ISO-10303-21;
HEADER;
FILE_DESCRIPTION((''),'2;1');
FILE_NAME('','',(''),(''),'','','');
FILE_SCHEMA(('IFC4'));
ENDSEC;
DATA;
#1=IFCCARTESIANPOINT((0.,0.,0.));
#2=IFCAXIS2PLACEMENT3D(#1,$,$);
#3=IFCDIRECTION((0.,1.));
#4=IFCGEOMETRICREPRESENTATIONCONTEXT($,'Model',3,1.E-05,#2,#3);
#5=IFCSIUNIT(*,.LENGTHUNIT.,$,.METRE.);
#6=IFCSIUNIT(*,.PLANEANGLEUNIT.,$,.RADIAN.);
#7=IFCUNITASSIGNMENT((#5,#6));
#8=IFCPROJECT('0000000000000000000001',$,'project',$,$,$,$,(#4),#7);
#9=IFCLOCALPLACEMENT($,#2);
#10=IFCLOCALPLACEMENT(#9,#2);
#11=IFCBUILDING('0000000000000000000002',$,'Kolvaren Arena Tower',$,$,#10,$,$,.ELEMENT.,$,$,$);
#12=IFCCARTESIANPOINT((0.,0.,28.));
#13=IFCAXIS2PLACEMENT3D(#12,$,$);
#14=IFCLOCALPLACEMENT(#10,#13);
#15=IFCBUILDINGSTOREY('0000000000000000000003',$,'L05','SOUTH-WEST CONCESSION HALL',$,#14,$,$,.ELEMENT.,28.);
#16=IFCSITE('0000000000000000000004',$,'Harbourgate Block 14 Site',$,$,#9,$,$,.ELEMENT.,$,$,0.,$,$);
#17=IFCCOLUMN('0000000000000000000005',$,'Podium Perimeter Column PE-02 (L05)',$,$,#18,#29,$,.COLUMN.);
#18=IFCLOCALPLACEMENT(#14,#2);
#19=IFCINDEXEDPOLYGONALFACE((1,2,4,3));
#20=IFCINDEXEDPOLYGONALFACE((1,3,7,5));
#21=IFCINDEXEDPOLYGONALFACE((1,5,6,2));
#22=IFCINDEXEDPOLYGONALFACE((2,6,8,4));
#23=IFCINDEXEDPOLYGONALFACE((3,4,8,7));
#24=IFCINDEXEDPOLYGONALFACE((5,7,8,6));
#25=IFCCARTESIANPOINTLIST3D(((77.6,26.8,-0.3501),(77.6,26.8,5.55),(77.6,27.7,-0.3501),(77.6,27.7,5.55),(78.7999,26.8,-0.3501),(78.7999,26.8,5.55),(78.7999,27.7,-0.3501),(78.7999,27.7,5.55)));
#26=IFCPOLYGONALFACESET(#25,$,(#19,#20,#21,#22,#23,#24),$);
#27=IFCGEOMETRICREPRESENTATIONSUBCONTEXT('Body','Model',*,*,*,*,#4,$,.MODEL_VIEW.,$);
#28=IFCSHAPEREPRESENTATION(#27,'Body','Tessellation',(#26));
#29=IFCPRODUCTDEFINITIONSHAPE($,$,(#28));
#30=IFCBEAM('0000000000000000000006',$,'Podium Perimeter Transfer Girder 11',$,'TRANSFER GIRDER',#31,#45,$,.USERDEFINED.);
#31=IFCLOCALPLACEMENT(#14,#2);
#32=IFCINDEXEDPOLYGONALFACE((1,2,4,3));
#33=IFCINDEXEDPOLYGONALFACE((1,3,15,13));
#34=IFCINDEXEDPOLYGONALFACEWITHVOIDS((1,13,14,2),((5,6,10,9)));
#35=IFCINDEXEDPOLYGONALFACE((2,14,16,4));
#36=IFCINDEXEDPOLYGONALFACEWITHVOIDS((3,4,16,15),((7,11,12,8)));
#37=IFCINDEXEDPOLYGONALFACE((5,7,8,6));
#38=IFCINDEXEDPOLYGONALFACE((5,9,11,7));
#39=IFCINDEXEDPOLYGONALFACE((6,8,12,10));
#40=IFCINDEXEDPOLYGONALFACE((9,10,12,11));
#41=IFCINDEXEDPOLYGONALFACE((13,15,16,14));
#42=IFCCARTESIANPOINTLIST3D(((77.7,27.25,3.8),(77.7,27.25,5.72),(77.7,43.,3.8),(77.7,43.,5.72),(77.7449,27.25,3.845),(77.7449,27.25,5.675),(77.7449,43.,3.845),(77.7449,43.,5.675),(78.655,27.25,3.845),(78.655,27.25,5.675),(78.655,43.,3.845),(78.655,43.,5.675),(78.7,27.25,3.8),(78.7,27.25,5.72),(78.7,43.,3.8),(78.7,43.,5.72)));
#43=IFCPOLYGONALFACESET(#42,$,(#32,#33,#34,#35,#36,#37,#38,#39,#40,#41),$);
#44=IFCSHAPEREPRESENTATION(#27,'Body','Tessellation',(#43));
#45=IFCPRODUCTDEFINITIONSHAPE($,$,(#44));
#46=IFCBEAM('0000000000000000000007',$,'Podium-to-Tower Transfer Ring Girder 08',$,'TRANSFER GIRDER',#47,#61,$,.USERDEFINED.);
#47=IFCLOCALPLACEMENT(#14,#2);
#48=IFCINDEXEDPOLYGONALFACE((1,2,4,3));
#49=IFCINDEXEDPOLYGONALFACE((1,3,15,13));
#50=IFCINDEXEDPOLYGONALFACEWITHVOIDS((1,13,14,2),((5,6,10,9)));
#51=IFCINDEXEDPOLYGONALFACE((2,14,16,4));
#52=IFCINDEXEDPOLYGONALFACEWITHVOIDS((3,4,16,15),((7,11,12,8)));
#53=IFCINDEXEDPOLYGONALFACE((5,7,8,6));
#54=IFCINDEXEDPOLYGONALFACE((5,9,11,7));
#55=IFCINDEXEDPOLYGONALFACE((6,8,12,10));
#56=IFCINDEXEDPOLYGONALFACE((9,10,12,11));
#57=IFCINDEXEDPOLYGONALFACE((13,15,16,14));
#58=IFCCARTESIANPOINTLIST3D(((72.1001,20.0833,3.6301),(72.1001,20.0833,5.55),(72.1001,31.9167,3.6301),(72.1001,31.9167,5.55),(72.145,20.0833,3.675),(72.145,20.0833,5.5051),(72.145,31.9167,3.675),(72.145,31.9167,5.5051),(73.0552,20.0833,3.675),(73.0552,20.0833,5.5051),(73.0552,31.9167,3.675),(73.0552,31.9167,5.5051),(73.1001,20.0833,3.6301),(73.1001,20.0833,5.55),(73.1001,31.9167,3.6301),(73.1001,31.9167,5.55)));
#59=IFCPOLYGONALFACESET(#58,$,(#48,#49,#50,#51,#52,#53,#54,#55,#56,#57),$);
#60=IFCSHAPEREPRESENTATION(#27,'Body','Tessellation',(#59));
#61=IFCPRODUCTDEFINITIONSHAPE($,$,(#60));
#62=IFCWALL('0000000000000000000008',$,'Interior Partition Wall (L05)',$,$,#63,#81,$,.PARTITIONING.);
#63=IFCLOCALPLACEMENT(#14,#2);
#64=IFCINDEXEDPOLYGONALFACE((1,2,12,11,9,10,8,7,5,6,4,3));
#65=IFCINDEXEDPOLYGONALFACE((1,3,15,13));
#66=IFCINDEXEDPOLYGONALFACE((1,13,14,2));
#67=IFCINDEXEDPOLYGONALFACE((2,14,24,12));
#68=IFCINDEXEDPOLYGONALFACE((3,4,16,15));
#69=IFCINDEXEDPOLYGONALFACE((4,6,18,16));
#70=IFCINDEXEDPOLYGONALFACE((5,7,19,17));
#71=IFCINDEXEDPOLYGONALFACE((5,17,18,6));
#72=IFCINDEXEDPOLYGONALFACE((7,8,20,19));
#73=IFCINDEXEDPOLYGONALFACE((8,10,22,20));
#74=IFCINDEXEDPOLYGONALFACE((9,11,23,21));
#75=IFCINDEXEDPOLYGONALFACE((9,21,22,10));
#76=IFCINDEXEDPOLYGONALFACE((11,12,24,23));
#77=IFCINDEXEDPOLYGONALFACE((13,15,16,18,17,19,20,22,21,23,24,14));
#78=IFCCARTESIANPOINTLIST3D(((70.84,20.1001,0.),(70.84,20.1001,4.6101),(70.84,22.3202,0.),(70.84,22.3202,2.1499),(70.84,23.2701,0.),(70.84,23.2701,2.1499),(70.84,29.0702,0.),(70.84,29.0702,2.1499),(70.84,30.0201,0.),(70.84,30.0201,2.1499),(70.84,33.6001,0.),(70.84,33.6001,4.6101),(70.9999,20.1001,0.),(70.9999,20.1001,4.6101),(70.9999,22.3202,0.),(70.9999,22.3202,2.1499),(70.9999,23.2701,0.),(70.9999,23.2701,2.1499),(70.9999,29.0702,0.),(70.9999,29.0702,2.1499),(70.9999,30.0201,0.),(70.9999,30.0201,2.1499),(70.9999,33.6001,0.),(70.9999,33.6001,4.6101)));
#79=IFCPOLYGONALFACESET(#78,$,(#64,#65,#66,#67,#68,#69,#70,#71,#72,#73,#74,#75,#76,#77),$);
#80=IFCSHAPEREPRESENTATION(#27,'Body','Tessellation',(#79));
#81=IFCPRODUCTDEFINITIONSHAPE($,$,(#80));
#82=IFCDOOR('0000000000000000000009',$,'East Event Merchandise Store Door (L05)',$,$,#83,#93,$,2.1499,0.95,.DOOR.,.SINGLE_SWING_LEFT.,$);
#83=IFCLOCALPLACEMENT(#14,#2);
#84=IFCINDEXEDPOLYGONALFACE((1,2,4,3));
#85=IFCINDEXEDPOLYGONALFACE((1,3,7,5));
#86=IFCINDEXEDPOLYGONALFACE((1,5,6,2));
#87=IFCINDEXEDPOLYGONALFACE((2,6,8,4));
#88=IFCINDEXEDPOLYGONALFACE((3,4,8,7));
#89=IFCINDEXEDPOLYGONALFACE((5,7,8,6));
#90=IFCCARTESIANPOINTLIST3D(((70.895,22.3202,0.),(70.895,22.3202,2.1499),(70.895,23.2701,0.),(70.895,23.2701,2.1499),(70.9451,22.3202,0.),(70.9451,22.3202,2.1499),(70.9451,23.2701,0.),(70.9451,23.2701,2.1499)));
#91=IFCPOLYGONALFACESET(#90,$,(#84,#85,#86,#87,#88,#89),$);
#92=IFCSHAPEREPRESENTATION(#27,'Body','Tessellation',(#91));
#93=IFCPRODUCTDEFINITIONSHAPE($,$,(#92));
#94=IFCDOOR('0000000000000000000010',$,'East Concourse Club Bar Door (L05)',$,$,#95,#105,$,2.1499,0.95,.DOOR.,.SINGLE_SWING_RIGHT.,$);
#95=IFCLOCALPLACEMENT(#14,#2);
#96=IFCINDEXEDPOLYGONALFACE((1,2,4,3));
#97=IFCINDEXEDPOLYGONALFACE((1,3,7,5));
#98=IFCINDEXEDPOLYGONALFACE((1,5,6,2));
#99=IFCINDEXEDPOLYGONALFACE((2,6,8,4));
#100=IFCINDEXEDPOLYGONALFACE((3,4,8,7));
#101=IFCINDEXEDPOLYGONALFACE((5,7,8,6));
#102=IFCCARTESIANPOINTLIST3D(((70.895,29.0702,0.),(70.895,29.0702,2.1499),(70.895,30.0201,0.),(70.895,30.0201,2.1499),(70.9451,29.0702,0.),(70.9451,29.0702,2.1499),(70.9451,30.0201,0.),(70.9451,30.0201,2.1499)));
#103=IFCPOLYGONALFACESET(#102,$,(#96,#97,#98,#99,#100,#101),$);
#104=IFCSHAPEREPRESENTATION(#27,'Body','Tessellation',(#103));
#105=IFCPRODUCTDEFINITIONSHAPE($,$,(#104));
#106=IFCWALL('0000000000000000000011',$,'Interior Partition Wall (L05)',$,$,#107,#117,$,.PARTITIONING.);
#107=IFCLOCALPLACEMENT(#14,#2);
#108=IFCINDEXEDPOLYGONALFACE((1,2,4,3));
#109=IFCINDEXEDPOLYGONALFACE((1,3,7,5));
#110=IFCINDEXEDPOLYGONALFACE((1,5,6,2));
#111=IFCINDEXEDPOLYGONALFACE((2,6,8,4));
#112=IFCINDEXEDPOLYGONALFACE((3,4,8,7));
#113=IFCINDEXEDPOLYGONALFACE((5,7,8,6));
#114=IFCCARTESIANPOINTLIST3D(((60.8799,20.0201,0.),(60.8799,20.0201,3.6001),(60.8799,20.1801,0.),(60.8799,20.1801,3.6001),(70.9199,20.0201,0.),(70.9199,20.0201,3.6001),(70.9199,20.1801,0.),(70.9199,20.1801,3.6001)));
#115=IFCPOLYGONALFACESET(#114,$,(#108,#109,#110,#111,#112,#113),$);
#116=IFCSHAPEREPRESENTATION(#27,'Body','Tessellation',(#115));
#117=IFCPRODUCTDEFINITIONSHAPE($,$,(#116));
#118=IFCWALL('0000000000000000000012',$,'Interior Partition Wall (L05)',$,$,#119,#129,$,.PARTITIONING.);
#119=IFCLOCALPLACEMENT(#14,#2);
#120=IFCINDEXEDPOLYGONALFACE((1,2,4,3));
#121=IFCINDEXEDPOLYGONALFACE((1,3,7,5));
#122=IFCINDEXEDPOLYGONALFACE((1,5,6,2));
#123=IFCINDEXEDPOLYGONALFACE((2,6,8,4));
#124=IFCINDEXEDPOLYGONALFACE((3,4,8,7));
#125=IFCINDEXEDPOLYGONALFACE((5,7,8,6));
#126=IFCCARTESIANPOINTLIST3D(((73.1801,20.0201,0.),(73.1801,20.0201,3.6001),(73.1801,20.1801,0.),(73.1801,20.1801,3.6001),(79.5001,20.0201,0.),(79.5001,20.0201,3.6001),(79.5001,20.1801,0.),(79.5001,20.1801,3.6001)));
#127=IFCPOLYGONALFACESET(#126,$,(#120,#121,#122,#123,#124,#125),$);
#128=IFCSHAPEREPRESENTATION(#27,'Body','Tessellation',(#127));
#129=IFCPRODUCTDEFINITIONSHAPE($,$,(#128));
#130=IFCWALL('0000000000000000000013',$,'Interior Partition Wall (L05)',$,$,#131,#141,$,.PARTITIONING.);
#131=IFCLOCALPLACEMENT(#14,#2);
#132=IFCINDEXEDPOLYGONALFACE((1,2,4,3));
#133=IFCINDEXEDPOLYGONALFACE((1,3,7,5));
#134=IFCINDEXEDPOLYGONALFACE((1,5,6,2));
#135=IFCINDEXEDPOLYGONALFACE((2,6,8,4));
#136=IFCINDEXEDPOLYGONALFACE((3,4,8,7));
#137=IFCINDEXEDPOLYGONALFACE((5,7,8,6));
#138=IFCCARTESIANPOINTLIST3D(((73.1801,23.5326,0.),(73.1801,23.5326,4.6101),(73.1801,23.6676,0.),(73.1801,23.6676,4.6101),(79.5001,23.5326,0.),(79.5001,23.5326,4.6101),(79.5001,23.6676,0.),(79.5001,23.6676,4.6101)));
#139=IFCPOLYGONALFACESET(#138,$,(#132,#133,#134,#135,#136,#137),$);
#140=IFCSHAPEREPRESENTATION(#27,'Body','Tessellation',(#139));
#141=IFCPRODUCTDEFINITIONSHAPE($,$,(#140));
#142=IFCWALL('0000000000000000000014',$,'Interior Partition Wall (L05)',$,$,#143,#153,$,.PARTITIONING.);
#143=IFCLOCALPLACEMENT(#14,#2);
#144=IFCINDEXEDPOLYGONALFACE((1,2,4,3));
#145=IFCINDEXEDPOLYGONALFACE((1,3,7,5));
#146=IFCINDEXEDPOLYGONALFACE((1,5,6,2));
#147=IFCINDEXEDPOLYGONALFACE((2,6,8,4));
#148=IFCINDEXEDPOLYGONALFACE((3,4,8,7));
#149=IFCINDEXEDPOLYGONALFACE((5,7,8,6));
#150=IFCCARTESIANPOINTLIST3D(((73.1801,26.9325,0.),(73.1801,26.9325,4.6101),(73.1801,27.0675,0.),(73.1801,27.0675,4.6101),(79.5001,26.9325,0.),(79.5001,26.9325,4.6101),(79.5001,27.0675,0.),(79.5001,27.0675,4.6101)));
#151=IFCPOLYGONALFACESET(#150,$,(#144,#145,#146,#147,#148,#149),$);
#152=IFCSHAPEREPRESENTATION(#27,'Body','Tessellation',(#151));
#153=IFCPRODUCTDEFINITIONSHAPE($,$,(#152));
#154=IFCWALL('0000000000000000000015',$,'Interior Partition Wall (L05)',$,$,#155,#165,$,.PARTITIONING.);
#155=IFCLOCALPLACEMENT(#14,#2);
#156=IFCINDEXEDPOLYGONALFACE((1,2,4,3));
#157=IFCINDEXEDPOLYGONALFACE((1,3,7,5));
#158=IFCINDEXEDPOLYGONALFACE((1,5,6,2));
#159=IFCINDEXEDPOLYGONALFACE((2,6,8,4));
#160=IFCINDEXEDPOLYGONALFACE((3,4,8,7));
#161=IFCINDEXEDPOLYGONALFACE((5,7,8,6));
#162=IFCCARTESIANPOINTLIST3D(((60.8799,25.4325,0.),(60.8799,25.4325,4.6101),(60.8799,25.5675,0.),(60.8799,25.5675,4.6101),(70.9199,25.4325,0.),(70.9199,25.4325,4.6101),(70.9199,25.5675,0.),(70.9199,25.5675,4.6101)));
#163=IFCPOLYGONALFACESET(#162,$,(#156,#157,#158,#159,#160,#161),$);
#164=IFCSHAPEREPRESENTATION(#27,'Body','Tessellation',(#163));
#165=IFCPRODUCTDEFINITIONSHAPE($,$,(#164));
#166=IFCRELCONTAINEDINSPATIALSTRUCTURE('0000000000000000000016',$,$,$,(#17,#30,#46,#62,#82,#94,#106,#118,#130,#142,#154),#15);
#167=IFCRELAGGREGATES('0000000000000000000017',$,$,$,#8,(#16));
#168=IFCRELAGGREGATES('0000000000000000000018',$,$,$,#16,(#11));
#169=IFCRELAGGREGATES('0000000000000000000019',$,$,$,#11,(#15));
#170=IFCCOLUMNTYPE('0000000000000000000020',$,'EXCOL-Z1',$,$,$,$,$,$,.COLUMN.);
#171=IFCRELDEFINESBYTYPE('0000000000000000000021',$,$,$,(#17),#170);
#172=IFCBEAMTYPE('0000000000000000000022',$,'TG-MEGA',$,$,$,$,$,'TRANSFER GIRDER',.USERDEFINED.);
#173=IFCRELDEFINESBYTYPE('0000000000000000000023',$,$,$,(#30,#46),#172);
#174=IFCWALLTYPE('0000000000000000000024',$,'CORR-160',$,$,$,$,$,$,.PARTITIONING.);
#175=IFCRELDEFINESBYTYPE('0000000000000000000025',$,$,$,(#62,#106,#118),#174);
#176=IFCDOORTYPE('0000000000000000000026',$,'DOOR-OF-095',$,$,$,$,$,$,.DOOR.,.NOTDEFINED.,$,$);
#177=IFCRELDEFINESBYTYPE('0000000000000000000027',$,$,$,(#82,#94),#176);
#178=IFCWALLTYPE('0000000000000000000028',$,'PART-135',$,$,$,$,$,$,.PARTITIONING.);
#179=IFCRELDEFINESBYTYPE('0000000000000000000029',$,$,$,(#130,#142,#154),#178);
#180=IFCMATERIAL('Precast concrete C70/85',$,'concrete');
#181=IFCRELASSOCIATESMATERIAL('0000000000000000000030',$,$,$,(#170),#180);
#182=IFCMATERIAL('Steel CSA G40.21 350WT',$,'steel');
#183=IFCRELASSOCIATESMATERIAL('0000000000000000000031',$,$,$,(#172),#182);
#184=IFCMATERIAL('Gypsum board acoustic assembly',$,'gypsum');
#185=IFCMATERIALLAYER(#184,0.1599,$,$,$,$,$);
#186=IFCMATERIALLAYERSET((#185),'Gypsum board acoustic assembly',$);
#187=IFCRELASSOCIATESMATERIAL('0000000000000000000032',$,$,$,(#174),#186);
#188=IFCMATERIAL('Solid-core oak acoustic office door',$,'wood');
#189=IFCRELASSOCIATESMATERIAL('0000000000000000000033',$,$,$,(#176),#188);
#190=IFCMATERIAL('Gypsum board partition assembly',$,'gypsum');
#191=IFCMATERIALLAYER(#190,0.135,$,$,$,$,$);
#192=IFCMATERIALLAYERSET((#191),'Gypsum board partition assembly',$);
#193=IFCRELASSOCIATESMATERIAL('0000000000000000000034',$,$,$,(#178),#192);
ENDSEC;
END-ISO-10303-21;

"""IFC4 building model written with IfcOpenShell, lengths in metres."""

from ifc_helpers import new_model, si_unit, direction, frame, frame_2d, origin, origin_2d, place, context, subcontext, project, spatial, rectangle, hollow_rectangle, extrude, material, layer, layer_set, material_profile, profile_set, type_object, element, fill, save


model = new_model("IFC4")

# Units and contexts
model_context = context("Model", 3, precision=1e-05, world=origin(), true_north=direction((0.0, 1.0)))
body_context = subcontext(model_context, "Body", "Model", "MODEL_VIEW")
ifc_project = project(units=[si_unit("LENGTHUNIT", "METRE"), si_unit("PLANEANGLEUNIT", "RADIAN")], contexts=[model_context])

# Site, building, storey
site_placement = place(None, origin())
site = spatial("IfcSite", under=ifc_project, at=site_placement, Name="Harbourgate Block 14 Site", CompositionType="ELEMENT", RefElevation=0.0)
building_placement = place(site_placement, origin())
building = spatial("IfcBuilding", under=site, at=building_placement, Name="Kolvaren Arena Tower", CompositionType="ELEMENT")
storey_placement = place(building_placement, frame((0.0, 0.0, 28.0)))
storey = spatial("IfcBuildingStorey", under=building, at=storey_placement, Name="L05", Description="SOUTH-WEST CONCESSION HALL", CompositionType="ELEMENT", Elevation=28.0)

# Column
ifc_material_1 = material(Name="Precast concrete C70/85", Category="concrete")
ifc_material_profile_1 = material_profile(ifc_material_1, rectangle(XDim=1.2, YDim=0.8999, at=origin_2d()), Name="RC-1200x900")
ifc_profile_set_1 = profile_set([ifc_material_profile_1], Name="Precast concrete C70/85")
column_type = type_object("IfcColumnType", Name="EXCOL-Z1", PredefinedType="COLUMN", material=ifc_profile_set_1)
column_placement = place(storey_placement, frame((78.2, 27.25, -0.3501), z_axis=(0.0, 0.0, 1.0), x_axis=(1.0, 0.0, 0.0)))
element("IfcColumn", 1, at=column_placement, inside=storey, type_object=column_type, Name="Podium Perimeter Column PE-02 (L05)", PredefinedType="COLUMN", context=body_context, shape_type="SweptSolid", body=[
    extrude(rectangle(XDim=1.2, YDim=0.8999, at=origin_2d()), origin(), (0.0, 0.0, 1.0), 5.9001),
])

# Beams
ifc_material_2 = material(Name="Steel CSA G40.21 350WT", Category="steel")
ifc_material_profile_2 = material_profile(ifc_material_2, hollow_rectangle(XDim=1.0, YDim=1.9199, WallThickness=0.0449, at=origin_2d()), Name="BOX 1000x1920x45")
ifc_profile_set_2 = profile_set([ifc_material_profile_2], Name="Steel CSA G40.21 350WT")
beam_type = type_object("IfcBeamType", Name="TG-MEGA", ElementType="TRANSFER GIRDER", PredefinedType="USERDEFINED", material=ifc_profile_set_2)
beam_1_placement = place(storey_placement, frame((78.2, 27.25, 4.76), z_axis=(0.0, 1.0, 0.0), x_axis=(-1.0, 0.0, 0.0)))
element("IfcBeam", 2, at=beam_1_placement, inside=storey, type_object=beam_type, Name="Podium Perimeter Transfer Girder 11", ObjectType="TRANSFER GIRDER", PredefinedType="USERDEFINED", context=body_context, shape_type="SweptSolid", body=[
    extrude(hollow_rectangle(XDim=1.0, YDim=1.9199, WallThickness=0.0449, at=origin_2d()), origin(), (0.0, 0.0, 1.0), 15.75),
])
beam_2_placement = place(storey_placement, frame((72.6001, 20.0833, 4.5901), z_axis=(0.0, 1.0, 0.0), x_axis=(-1.0, 0.0, 0.0)))
element("IfcBeam", 3, at=beam_2_placement, inside=storey, type_object=beam_type, Name="Podium-to-Tower Transfer Ring Girder 08", ObjectType="TRANSFER GIRDER", PredefinedType="USERDEFINED", context=body_context, shape_type="SweptSolid", body=[
    extrude(hollow_rectangle(XDim=1.0, YDim=1.9199, WallThickness=0.0449, at=origin_2d()), origin(), (0.0, 0.0, 1.0), 11.8335),
])

# Wall, openings, doors
ifc_material_3 = material(Name="Gypsum board acoustic assembly", Category="gypsum")
ifc_layer_1 = layer(ifc_material_3, 0.1599)
ifc_layer_set_1 = layer_set([ifc_layer_1], Name="Gypsum board acoustic assembly")
wall_type_1 = type_object("IfcWallType", Name="CORR-160", PredefinedType="PARTITIONING", material=ifc_layer_set_1)
wall_1_placement = place(storey_placement, frame((70.9199, 20.1001, 0.0), z_axis=(0.0, 0.0, 1.0), x_axis=(0.0, 1.0, 0.0)))
wall_1 = element("IfcWall", 4, at=wall_1_placement, inside=storey, type_object=wall_type_1, Name="Interior Partition Wall (L05)", PredefinedType="PARTITIONING", context=body_context, shape_type="SweptSolid", body=[
    extrude(rectangle(XDim=13.5, YDim=0.1599, at=frame_2d((6.75, 0.0))), origin(), (0.0, 0.0, 1.0), 4.6101),
])
opening_1_placement = place(wall_1_placement, frame((2.22, 0.0, 0.0)))
opening_1 = element("IfcOpeningElement", 5, at=opening_1_placement, cuts=wall_1, PredefinedType="OPENING", context=body_context, shape_type="SweptSolid", body=[
    extrude(rectangle(XDim=0.95, YDim=2.1499, at=frame_2d((0.4751, 1.075))), frame((0.0, 0.0898, 0.0), z_axis=(0.0, -1.0, 0.0), x_axis=(1.0, 0.0, 0.0)), (0.0, 0.0, 1.0), 0.1799),
])
opening_2_placement = place(wall_1_placement, frame((8.97, 0.0, 0.0)))
opening_2 = element("IfcOpeningElement", 6, at=opening_2_placement, cuts=wall_1, PredefinedType="OPENING", context=body_context, shape_type="SweptSolid", body=[
    extrude(rectangle(XDim=0.95, YDim=2.1499, at=frame_2d((0.4751, 1.075))), frame((0.0, 0.0898, 0.0), z_axis=(0.0, -1.0, 0.0), x_axis=(1.0, 0.0, 0.0)), (0.0, 0.0, 1.0), 0.1799),
])
ifc_material_4 = material(Name="Solid-core oak acoustic office door", Category="wood")
door_type_1 = type_object("IfcDoorType", Name="DOOR-OF-095", OperationType="NOTDEFINED", PredefinedType="DOOR", material=ifc_material_4)
door_1_placement = place(opening_1_placement, origin())
door_1 = element("IfcDoor", 7, at=door_1_placement, inside=storey, type_object=door_type_1, Name="East Event Merchandise Store Door (L05)", OperationType="SINGLE_SWING_LEFT", OverallHeight=2.1499, OverallWidth=0.95, PredefinedType="DOOR", context=body_context, shape_type="SweptSolid", body=[
    extrude(rectangle(XDim=0.95, YDim=2.1499, at=frame_2d((0.4751, 1.075))), frame((0.0, 0.0249, 0.0), z_axis=(0.0, -1.0, 0.0), x_axis=(1.0, 0.0, 0.0)), (0.0, 0.0, 1.0), 0.05),
])
fill(opening_1, door_1)
door_2_placement = place(opening_2_placement, origin())
door_2 = element("IfcDoor", 8, at=door_2_placement, inside=storey, type_object=door_type_1, Name="East Concourse Club Bar Door (L05)", OperationType="SINGLE_SWING_RIGHT", OverallHeight=2.1499, OverallWidth=0.95, PredefinedType="DOOR", context=body_context, shape_type="SweptSolid", body=[
    extrude(rectangle(XDim=0.95, YDim=2.1499, at=frame_2d((0.4751, 1.075))), frame((0.0, 0.0249, 0.0), z_axis=(0.0, -1.0, 0.0), x_axis=(1.0, 0.0, 0.0)), (0.0, 0.0, 1.0), 0.05),
])
fill(opening_2, door_2)

# Walls
wall_2_placement = place(storey_placement, frame((60.8799, 20.1001, 0.0), z_axis=(0.0, 0.0, 1.0), x_axis=(1.0, 0.0, 0.0)))
element("IfcWall", 9, at=wall_2_placement, inside=storey, type_object=wall_type_1, Name="Interior Partition Wall (L05)", PredefinedType="PARTITIONING", context=body_context, shape_type="SweptSolid", body=[
    extrude(rectangle(XDim=10.04, YDim=0.1599, at=frame_2d((5.02, 0.0))), origin(), (0.0, 0.0, 1.0), 3.6001),
])
wall_3_placement = place(storey_placement, frame((73.1799, 20.1001, 0.0), z_axis=(0.0, 0.0, 1.0), x_axis=(1.0, 0.0, 0.0)))
element("IfcWall", 10, at=wall_3_placement, inside=storey, type_object=wall_type_1, Name="Interior Partition Wall (L05)", PredefinedType="PARTITIONING", context=body_context, shape_type="SweptSolid", body=[
    extrude(rectangle(XDim=6.3201, YDim=0.1599, at=frame_2d((3.1602, 0.0))), origin(), (0.0, 0.0, 1.0), 3.6001),
])
ifc_material_5 = material(Name="Gypsum board partition assembly", Category="gypsum")
ifc_layer_2 = layer(ifc_material_5, 0.135)
ifc_layer_set_2 = layer_set([ifc_layer_2], Name="Gypsum board partition assembly")
wall_type_2 = type_object("IfcWallType", Name="PART-135", PredefinedType="PARTITIONING", material=ifc_layer_set_2)
for number, where, z_axis, x_axis, name in (
    (11, (73.1799, 23.6001, 0.0), (0.0, 0.0, 1.0), (1.0, 0.0, 0.0), "Interior Partition Wall (L05)"),
    (12, (73.1799, 27.0, 0.0), (0.0, 0.0, 1.0), (1.0, 0.0, 0.0), "Interior Partition Wall (L05)"),
):
    element("IfcWall", number, at=place(storey_placement, frame(where, z_axis=z_axis, x_axis=x_axis)), inside=storey, type_object=wall_type_2, Name=name, PredefinedType="PARTITIONING", context=body_context, shape_type="SweptSolid", body=[
        extrude(rectangle(XDim=6.3201, YDim=0.135, at=frame_2d((3.1602, 0.0))), origin(), (0.0, 0.0, 1.0), 4.6101),
    ])
wall_4_placement = place(storey_placement, frame((60.8799, 25.5, 0.0), z_axis=(0.0, 0.0, 1.0), x_axis=(1.0, 0.0, 0.0)))
element("IfcWall", 13, at=wall_4_placement, inside=storey, type_object=wall_type_2, Name="Interior Partition Wall (L05)", PredefinedType="PARTITIONING", context=body_context, shape_type="SweptSolid", body=[
    extrude(rectangle(XDim=10.04, YDim=0.135, at=frame_2d((5.02, 0.0))), origin(), (0.0, 0.0, 1.0), 4.6101),
])

save(model, "model.ifc")
